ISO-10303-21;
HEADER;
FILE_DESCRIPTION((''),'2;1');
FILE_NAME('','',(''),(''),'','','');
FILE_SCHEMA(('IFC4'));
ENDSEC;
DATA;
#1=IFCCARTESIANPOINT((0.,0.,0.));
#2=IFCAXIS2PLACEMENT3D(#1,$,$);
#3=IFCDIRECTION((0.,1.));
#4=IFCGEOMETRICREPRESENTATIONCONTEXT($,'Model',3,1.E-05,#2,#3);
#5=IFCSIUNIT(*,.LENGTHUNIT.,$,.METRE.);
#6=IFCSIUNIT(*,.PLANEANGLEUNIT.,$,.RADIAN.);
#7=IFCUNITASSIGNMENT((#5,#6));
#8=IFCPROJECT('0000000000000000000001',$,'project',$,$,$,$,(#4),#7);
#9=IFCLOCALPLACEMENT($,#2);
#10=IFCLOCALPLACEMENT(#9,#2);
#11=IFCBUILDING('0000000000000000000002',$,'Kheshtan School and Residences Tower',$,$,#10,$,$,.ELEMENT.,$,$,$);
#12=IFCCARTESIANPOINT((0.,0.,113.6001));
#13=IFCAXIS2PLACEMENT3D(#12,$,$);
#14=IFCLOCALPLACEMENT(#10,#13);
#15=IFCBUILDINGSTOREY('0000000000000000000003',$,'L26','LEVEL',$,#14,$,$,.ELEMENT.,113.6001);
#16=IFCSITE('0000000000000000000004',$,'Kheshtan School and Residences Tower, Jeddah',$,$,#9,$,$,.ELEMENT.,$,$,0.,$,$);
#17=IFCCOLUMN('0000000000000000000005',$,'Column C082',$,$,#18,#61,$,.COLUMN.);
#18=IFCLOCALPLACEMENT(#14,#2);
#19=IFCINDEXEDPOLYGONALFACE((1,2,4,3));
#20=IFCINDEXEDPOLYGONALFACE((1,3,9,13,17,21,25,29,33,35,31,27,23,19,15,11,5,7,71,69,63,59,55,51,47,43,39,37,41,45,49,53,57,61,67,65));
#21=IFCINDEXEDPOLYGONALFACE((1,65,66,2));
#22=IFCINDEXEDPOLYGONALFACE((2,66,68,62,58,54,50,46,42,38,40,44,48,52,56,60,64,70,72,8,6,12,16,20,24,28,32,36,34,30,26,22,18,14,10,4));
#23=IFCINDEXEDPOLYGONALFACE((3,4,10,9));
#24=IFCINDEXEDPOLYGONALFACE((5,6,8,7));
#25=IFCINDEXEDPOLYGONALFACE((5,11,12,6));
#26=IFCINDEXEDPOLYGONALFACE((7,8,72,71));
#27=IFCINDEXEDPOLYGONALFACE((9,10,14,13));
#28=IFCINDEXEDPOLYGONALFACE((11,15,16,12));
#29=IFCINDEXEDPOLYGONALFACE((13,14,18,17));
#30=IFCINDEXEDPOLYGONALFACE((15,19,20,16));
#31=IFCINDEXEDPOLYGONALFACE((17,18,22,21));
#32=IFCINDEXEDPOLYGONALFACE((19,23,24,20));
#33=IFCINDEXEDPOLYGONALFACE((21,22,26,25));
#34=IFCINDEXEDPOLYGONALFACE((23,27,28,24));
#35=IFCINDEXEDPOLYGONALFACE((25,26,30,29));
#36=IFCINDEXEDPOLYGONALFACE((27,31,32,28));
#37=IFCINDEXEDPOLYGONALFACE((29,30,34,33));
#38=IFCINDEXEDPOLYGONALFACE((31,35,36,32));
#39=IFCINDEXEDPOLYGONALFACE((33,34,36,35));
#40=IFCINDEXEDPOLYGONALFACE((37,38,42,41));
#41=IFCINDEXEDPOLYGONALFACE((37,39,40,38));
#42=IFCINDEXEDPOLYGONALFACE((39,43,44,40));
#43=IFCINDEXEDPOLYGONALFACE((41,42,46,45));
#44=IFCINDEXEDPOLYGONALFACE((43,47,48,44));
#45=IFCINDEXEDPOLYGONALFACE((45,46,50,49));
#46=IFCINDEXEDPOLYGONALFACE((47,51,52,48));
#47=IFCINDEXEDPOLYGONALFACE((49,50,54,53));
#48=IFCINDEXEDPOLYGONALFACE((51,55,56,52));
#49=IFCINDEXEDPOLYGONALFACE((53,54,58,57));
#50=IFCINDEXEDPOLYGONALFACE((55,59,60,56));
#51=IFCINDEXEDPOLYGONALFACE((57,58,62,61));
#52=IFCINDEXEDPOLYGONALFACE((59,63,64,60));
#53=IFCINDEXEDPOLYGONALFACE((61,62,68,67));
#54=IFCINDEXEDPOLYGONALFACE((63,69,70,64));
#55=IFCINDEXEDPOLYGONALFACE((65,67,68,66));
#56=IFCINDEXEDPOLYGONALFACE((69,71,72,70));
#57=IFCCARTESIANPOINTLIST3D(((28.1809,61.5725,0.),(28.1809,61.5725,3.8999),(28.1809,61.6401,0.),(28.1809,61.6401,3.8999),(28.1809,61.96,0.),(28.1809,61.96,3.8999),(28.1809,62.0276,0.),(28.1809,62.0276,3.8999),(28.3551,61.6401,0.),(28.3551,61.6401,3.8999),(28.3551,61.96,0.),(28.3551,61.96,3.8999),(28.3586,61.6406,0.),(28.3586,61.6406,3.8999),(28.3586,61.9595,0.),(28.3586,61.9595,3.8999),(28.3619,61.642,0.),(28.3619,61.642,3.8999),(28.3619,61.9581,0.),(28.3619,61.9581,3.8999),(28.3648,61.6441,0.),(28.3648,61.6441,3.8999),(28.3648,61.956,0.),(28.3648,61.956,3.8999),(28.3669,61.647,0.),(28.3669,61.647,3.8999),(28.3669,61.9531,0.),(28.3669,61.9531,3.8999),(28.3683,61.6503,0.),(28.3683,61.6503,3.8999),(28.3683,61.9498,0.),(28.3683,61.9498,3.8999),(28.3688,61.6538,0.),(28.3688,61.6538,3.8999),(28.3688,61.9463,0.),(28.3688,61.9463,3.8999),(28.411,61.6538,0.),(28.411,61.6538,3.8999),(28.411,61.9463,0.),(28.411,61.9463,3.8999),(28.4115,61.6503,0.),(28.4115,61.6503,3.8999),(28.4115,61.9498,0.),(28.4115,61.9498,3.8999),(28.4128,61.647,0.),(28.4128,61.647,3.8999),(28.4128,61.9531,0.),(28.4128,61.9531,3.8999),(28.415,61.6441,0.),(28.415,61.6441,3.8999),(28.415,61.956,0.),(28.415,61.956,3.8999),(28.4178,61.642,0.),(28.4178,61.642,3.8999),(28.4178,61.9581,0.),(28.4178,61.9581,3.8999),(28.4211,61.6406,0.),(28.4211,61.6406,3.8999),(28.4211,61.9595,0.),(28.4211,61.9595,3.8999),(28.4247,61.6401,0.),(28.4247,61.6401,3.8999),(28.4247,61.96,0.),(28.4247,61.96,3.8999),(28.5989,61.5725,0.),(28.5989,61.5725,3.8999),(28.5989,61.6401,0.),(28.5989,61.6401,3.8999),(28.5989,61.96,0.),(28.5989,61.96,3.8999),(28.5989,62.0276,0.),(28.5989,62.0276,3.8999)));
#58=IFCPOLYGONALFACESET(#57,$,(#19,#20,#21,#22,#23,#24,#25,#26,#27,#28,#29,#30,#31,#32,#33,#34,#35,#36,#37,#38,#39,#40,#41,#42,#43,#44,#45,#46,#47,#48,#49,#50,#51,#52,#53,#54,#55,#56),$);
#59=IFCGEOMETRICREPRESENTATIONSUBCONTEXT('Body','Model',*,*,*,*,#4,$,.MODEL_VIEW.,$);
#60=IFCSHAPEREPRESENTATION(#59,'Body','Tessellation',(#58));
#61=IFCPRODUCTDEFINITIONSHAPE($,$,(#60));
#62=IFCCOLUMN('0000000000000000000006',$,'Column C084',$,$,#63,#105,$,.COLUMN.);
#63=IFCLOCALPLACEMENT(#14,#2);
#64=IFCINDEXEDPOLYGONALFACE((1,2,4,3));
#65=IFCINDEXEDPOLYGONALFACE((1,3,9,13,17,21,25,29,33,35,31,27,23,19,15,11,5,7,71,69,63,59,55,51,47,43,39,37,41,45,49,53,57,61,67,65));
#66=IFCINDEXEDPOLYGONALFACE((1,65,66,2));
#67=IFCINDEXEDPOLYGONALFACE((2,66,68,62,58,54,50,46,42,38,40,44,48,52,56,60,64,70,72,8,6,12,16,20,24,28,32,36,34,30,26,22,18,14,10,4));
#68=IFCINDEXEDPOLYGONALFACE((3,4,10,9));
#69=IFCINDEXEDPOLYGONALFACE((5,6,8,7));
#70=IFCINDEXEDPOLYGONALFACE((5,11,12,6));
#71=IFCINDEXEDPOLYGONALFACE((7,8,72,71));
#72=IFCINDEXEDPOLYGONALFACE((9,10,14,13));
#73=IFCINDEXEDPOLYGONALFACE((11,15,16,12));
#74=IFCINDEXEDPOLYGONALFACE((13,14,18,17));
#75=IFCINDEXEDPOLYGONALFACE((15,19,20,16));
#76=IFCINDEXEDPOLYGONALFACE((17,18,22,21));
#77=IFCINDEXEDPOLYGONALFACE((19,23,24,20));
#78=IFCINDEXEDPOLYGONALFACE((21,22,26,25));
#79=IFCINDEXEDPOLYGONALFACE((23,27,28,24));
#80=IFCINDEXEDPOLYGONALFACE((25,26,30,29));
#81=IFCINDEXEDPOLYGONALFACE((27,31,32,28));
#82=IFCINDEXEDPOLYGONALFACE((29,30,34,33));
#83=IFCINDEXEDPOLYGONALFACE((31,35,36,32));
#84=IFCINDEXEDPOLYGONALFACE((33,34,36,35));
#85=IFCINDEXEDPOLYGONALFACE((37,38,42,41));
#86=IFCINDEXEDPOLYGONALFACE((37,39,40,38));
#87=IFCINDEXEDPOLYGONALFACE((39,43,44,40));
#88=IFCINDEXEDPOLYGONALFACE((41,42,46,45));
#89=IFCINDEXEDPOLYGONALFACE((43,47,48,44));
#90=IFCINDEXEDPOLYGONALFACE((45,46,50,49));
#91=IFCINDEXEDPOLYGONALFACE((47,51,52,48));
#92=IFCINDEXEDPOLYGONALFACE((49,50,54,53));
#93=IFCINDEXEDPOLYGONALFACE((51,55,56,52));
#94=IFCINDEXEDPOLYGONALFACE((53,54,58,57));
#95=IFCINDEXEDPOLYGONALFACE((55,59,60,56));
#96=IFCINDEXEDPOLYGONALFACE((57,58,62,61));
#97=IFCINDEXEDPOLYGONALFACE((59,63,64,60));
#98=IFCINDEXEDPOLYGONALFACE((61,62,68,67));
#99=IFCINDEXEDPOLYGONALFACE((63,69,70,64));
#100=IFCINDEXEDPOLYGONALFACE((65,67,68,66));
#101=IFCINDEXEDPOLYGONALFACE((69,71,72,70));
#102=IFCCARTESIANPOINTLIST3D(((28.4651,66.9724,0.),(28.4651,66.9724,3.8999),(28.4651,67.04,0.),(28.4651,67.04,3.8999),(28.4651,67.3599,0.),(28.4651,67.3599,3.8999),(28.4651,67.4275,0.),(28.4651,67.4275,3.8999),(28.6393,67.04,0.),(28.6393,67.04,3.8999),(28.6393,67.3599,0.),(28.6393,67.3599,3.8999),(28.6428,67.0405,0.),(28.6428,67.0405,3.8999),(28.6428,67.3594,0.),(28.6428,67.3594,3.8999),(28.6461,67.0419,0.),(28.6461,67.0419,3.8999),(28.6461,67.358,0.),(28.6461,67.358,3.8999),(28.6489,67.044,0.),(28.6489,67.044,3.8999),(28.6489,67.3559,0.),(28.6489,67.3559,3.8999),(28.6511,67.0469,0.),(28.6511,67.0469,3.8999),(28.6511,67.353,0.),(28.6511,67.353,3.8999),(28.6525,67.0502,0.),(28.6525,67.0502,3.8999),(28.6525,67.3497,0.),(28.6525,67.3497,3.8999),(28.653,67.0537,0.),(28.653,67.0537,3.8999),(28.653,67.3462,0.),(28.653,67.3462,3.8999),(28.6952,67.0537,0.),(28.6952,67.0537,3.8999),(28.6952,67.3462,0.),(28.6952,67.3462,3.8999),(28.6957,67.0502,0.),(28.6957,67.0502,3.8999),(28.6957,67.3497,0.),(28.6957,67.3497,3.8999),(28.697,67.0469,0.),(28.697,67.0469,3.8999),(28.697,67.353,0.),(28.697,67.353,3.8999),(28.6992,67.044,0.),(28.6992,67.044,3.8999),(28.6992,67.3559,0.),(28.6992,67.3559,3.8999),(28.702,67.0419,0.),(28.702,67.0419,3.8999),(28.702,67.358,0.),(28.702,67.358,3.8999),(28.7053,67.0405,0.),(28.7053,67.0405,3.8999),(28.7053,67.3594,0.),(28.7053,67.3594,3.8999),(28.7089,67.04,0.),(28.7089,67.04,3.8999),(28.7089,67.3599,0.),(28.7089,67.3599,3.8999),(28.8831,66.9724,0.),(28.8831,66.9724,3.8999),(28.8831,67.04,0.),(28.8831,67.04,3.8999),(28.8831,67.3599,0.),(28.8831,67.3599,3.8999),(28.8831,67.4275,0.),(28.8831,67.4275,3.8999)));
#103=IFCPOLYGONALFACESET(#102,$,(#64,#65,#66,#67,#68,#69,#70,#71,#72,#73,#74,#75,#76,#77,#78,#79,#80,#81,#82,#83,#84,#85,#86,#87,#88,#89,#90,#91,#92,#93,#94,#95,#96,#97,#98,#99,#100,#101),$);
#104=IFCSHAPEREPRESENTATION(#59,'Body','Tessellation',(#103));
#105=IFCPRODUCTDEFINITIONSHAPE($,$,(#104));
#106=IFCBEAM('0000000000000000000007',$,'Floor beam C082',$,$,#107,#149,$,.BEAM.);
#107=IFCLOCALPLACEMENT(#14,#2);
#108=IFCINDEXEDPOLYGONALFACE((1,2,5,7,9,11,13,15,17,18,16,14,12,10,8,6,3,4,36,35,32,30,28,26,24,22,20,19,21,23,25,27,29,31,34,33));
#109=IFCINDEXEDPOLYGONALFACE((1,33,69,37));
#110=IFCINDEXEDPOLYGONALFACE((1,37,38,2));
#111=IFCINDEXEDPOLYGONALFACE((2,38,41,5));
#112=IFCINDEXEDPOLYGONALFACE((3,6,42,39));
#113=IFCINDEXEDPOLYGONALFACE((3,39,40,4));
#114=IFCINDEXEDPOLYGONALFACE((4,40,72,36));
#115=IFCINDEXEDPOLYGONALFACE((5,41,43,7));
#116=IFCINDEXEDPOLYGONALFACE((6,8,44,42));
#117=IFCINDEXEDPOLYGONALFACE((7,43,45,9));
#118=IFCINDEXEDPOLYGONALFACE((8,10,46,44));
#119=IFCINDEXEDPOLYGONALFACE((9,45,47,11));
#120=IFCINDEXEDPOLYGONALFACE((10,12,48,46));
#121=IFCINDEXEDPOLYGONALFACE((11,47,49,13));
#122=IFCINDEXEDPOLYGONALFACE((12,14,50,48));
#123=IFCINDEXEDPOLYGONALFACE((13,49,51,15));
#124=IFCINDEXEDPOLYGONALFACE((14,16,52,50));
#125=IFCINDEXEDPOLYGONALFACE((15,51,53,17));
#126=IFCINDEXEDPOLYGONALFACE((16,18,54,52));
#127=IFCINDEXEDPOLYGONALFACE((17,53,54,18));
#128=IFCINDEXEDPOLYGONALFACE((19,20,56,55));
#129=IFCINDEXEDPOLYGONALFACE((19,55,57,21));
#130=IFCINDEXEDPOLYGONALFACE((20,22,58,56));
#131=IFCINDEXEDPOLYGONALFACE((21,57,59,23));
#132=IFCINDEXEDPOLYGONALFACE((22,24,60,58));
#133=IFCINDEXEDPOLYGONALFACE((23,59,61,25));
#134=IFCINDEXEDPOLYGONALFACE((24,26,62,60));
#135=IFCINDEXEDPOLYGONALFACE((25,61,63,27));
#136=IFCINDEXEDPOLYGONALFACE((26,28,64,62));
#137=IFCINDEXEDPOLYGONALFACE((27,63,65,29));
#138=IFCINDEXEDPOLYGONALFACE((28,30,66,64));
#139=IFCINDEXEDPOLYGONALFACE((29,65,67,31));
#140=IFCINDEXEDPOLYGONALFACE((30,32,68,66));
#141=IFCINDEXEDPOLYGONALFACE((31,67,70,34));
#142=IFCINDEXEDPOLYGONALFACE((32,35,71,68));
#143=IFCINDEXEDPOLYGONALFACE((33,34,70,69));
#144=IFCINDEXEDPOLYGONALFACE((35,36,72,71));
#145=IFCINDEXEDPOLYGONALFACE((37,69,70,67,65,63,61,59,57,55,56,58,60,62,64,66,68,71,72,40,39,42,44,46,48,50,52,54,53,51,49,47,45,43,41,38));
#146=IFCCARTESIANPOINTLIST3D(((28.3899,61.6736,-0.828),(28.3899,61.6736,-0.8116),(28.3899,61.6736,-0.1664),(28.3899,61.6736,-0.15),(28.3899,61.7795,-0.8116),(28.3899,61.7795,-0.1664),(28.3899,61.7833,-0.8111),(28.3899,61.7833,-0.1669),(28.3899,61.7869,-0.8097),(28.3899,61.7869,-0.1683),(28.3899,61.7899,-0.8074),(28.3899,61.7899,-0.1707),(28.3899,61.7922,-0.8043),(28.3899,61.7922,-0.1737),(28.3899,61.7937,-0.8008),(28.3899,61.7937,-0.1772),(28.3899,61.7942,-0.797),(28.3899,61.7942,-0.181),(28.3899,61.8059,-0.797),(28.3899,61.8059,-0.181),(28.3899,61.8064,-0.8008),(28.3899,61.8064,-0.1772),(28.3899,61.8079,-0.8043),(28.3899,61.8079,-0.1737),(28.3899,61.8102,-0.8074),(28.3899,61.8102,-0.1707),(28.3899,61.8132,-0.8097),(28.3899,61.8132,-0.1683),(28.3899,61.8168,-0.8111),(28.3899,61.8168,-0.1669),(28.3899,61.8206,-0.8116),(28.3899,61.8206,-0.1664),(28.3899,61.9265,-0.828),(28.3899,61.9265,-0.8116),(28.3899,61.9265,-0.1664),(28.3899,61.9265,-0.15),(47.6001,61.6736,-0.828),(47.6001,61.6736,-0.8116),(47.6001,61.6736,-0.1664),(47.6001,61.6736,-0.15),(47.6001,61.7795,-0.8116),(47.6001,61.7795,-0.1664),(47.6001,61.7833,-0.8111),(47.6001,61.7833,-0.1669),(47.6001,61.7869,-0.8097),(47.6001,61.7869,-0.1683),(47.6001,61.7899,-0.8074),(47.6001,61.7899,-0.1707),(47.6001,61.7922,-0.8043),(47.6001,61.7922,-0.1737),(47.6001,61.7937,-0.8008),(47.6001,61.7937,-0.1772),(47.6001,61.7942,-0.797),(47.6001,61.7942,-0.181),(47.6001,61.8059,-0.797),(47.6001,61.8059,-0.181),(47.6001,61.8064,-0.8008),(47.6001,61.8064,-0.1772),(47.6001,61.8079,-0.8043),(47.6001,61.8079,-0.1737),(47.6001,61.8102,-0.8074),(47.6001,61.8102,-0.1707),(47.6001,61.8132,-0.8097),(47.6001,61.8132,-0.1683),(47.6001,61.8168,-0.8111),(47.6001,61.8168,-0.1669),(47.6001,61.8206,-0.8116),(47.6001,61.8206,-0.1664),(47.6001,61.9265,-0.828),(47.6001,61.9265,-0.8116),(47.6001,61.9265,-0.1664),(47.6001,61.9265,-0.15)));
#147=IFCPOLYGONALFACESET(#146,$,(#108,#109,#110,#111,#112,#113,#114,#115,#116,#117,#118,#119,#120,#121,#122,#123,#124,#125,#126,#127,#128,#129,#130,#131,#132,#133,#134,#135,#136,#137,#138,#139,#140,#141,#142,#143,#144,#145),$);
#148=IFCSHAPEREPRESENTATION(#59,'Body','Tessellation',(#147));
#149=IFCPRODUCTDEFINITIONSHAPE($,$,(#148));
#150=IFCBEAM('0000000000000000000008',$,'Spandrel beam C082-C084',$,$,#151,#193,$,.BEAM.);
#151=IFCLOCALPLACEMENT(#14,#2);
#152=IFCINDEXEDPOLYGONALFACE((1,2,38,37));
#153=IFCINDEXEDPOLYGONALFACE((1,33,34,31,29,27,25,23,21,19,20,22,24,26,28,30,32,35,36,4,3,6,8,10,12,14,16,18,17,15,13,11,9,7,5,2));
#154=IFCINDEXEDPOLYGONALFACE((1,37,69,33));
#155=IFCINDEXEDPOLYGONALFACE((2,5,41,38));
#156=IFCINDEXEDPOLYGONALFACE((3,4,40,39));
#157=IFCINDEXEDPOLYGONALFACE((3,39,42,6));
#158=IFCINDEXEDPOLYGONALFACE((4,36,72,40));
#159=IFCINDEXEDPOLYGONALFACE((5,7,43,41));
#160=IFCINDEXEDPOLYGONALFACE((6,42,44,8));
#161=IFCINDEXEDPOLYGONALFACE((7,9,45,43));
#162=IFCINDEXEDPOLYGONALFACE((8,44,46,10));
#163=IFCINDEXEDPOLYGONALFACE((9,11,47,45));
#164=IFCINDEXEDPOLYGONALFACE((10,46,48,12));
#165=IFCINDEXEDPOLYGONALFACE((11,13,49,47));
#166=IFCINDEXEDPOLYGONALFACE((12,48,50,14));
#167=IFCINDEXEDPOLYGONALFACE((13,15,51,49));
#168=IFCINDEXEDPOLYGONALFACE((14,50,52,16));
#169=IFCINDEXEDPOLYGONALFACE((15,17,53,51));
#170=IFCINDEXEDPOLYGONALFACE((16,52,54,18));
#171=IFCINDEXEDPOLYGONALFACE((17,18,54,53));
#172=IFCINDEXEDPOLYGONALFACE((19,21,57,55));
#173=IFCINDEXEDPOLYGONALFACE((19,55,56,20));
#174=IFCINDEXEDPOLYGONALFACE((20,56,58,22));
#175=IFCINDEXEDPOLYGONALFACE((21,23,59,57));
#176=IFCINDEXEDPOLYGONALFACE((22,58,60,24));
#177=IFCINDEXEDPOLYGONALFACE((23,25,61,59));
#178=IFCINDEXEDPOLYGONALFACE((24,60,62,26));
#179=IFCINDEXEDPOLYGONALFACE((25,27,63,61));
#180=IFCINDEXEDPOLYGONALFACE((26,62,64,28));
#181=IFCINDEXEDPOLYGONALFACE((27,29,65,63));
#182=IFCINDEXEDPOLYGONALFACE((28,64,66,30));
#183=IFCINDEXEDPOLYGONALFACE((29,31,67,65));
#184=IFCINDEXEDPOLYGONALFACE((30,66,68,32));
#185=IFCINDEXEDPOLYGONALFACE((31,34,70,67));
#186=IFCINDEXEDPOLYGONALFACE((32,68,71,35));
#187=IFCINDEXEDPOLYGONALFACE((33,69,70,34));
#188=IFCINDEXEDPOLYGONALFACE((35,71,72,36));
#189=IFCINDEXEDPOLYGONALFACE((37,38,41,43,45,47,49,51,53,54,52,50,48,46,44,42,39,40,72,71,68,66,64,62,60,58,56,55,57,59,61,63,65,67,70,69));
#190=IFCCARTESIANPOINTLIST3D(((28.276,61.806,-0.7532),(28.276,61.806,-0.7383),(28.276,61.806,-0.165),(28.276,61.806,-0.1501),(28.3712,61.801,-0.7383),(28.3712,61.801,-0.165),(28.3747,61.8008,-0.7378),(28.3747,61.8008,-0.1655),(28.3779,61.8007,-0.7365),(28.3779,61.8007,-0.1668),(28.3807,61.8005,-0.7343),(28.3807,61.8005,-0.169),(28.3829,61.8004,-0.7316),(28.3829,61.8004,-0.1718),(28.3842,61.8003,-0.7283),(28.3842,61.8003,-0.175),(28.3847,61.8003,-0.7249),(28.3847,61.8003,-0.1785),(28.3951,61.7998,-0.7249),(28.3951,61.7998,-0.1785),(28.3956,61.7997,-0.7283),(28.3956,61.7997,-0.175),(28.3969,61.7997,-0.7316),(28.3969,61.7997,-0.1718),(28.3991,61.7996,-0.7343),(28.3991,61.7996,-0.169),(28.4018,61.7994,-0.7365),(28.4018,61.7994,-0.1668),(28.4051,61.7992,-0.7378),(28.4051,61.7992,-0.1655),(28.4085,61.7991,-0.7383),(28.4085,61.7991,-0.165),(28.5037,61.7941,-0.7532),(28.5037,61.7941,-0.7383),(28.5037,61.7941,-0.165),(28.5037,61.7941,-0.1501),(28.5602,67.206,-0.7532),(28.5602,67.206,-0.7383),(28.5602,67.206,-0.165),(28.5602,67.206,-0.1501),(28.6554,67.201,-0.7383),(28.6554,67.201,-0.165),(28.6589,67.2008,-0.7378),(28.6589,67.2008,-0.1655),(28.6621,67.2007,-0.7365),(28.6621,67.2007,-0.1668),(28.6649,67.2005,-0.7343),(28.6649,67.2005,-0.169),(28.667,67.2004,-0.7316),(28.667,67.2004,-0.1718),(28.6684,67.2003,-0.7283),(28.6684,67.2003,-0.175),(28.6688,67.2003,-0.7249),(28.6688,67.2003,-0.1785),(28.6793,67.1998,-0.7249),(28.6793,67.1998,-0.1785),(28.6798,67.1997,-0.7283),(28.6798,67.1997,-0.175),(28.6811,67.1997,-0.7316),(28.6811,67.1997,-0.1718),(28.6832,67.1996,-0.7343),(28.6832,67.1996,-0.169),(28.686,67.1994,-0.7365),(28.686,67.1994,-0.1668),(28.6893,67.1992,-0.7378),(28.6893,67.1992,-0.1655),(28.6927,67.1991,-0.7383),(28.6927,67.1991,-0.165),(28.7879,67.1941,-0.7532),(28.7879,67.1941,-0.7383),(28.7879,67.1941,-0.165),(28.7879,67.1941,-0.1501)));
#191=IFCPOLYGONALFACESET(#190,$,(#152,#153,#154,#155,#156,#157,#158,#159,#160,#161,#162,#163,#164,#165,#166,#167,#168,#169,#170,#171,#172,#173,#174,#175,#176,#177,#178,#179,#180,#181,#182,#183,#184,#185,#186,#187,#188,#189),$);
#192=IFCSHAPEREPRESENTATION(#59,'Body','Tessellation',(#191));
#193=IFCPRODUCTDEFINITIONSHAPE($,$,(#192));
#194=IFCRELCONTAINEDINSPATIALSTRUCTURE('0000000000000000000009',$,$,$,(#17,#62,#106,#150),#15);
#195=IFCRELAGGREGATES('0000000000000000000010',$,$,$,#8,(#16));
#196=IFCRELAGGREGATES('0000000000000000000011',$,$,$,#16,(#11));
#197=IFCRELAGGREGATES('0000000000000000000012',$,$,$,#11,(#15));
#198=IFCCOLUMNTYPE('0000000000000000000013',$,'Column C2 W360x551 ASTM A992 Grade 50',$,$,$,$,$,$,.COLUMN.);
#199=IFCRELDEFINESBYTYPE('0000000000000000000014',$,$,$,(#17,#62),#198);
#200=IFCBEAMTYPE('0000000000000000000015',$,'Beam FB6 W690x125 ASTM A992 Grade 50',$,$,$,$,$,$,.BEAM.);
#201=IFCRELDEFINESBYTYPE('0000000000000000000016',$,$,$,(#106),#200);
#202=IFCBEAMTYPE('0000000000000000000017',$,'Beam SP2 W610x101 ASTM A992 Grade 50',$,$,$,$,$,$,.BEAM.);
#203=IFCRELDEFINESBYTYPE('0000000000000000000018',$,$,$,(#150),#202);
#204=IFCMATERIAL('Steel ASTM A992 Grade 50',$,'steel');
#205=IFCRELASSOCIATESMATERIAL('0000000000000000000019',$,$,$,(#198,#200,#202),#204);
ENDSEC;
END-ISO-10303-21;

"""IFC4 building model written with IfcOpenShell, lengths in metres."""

from ifc_helpers import new_model, si_unit, direction, frame, origin, origin_2d, place, context, subcontext, project, spatial, i_section, extrude, material, material_profile, profile_set, type_object, element, save


model = new_model("IFC4")

# Units and contexts
model_context = context("Model", 3, precision=1e-05, world=origin(), true_north=direction((0.0, 1.0)))
body_context = subcontext(model_context, "Body", "Model", "MODEL_VIEW")
ifc_project = project(units=[si_unit("LENGTHUNIT", "METRE"), si_unit("PLANEANGLEUNIT", "RADIAN")], contexts=[model_context])

# Site, building, storey
site_placement = place(None, origin())
site = spatial("IfcSite", under=ifc_project, at=site_placement, Name="Kheshtan School and Residences Tower, Jeddah", CompositionType="ELEMENT", RefElevation=0.0)
building_placement = place(site_placement, origin())
building = spatial("IfcBuilding", under=site, at=building_placement, Name="Kheshtan School and Residences Tower", CompositionType="ELEMENT")
storey_placement = place(building_placement, frame((0.0, 0.0, 113.6001)))
storey = spatial("IfcBuildingStorey", under=building, at=storey_placement, Name="L26", Description="LEVEL", CompositionType="ELEMENT", Elevation=113.6001)

# Columns
ifc_material_1 = material(Name="Steel ASTM A992 Grade 50", Category="steel")
ifc_material_profile_1 = material_profile(ifc_material_1, i_section(OverallWidth=0.418, OverallDepth=0.4551, WebThickness=0.0422, FlangeThickness=0.0676, FilletRadius=0.0137, at=origin_2d()), Name="W360x551")
ifc_profile_set_1 = profile_set([ifc_material_profile_1], Name="Steel ASTM A992 Grade 50")
column_type = type_object("IfcColumnType", Name="Column C2 W360x551 ASTM A992 Grade 50", PredefinedType="COLUMN", material=ifc_profile_set_1)
for number, where, z_axis, x_axis, name in (
    (1, (28.3899, 61.8, 0.0), (0.0, 0.0, 1.0), (1.0, 0.0, 0.0), "Column C082"),
    (2, (28.6741, 67.2, 0.0), (0.0, 0.0, 1.0), (1.0, 0.0, 0.0), "Column C084"),
):
    element("IfcColumn", number, at=place(storey_placement, frame(where, z_axis=z_axis, x_axis=x_axis)), inside=storey, type_object=column_type, Name=name, PredefinedType="COLUMN", context=body_context, shape_type="SweptSolid", body=[
        extrude(i_section(OverallWidth=0.418, OverallDepth=0.4551, WebThickness=0.0422, FlangeThickness=0.0676, FilletRadius=0.0137, at=origin_2d()), origin(), (0.0, 0.0, 1.0), 3.8999),
    ])

# Beams
ifc_material_profile_2 = material_profile(ifc_material_1, i_section(OverallWidth=0.2529, OverallDepth=0.678, WebThickness=0.0117, FlangeThickness=0.0164, FilletRadius=0.0146, at=origin_2d()), Name="W690x125")
ifc_profile_set_2 = profile_set([ifc_material_profile_2], Name="Steel ASTM A992 Grade 50")
beam_type_1 = type_object("IfcBeamType", Name="Beam FB6 W690x125 ASTM A992 Grade 50", PredefinedType="BEAM", material=ifc_profile_set_2)
beam_1_placement = place(storey_placement, frame((28.3899, 61.8, -0.489), z_axis=(1.0, 0.0, 0.0), x_axis=(0.0, 1.0, 0.0)))
element("IfcBeam", 3, at=beam_1_placement, inside=storey, type_object=beam_type_1, Name="Floor beam C082", PredefinedType="BEAM", context=body_context, shape_type="SweptSolid", body=[
    extrude(i_section(OverallWidth=0.2529, OverallDepth=0.678, WebThickness=0.0117, FlangeThickness=0.0164, FilletRadius=0.0146, at=origin_2d()), origin(), (0.0, 0.0, 1.0), 19.2102),
])
ifc_material_profile_3 = material_profile(ifc_material_1, i_section(OverallWidth=0.228, OverallDepth=0.603, WebThickness=0.0105, FlangeThickness=0.0149, FilletRadius=0.0134, at=origin_2d()), Name="W610x101")
ifc_profile_set_3 = profile_set([ifc_material_profile_3], Name="Steel ASTM A992 Grade 50")
beam_type_2 = type_object("IfcBeamType", Name="Beam SP2 W610x101 ASTM A992 Grade 50", PredefinedType="BEAM", material=ifc_profile_set_3)
beam_2_placement = place(storey_placement, frame((28.3899, 61.8, -0.4517), z_axis=(0.052554, 0.998618, 0.0), x_axis=(-0.998618, 0.052554, 0.0)))
element("IfcBeam", 4, at=beam_2_placement, inside=storey, type_object=beam_type_2, Name="Spandrel beam C082-C084", PredefinedType="BEAM", context=body_context, shape_type="SweptSolid", body=[
    extrude(i_section(OverallWidth=0.228, OverallDepth=0.603, WebThickness=0.0105, FlangeThickness=0.0149, FilletRadius=0.0134, at=origin_2d()), origin(), (0.0, 0.0, 1.0), 5.4075),
])

save(model, "model.ifc")
